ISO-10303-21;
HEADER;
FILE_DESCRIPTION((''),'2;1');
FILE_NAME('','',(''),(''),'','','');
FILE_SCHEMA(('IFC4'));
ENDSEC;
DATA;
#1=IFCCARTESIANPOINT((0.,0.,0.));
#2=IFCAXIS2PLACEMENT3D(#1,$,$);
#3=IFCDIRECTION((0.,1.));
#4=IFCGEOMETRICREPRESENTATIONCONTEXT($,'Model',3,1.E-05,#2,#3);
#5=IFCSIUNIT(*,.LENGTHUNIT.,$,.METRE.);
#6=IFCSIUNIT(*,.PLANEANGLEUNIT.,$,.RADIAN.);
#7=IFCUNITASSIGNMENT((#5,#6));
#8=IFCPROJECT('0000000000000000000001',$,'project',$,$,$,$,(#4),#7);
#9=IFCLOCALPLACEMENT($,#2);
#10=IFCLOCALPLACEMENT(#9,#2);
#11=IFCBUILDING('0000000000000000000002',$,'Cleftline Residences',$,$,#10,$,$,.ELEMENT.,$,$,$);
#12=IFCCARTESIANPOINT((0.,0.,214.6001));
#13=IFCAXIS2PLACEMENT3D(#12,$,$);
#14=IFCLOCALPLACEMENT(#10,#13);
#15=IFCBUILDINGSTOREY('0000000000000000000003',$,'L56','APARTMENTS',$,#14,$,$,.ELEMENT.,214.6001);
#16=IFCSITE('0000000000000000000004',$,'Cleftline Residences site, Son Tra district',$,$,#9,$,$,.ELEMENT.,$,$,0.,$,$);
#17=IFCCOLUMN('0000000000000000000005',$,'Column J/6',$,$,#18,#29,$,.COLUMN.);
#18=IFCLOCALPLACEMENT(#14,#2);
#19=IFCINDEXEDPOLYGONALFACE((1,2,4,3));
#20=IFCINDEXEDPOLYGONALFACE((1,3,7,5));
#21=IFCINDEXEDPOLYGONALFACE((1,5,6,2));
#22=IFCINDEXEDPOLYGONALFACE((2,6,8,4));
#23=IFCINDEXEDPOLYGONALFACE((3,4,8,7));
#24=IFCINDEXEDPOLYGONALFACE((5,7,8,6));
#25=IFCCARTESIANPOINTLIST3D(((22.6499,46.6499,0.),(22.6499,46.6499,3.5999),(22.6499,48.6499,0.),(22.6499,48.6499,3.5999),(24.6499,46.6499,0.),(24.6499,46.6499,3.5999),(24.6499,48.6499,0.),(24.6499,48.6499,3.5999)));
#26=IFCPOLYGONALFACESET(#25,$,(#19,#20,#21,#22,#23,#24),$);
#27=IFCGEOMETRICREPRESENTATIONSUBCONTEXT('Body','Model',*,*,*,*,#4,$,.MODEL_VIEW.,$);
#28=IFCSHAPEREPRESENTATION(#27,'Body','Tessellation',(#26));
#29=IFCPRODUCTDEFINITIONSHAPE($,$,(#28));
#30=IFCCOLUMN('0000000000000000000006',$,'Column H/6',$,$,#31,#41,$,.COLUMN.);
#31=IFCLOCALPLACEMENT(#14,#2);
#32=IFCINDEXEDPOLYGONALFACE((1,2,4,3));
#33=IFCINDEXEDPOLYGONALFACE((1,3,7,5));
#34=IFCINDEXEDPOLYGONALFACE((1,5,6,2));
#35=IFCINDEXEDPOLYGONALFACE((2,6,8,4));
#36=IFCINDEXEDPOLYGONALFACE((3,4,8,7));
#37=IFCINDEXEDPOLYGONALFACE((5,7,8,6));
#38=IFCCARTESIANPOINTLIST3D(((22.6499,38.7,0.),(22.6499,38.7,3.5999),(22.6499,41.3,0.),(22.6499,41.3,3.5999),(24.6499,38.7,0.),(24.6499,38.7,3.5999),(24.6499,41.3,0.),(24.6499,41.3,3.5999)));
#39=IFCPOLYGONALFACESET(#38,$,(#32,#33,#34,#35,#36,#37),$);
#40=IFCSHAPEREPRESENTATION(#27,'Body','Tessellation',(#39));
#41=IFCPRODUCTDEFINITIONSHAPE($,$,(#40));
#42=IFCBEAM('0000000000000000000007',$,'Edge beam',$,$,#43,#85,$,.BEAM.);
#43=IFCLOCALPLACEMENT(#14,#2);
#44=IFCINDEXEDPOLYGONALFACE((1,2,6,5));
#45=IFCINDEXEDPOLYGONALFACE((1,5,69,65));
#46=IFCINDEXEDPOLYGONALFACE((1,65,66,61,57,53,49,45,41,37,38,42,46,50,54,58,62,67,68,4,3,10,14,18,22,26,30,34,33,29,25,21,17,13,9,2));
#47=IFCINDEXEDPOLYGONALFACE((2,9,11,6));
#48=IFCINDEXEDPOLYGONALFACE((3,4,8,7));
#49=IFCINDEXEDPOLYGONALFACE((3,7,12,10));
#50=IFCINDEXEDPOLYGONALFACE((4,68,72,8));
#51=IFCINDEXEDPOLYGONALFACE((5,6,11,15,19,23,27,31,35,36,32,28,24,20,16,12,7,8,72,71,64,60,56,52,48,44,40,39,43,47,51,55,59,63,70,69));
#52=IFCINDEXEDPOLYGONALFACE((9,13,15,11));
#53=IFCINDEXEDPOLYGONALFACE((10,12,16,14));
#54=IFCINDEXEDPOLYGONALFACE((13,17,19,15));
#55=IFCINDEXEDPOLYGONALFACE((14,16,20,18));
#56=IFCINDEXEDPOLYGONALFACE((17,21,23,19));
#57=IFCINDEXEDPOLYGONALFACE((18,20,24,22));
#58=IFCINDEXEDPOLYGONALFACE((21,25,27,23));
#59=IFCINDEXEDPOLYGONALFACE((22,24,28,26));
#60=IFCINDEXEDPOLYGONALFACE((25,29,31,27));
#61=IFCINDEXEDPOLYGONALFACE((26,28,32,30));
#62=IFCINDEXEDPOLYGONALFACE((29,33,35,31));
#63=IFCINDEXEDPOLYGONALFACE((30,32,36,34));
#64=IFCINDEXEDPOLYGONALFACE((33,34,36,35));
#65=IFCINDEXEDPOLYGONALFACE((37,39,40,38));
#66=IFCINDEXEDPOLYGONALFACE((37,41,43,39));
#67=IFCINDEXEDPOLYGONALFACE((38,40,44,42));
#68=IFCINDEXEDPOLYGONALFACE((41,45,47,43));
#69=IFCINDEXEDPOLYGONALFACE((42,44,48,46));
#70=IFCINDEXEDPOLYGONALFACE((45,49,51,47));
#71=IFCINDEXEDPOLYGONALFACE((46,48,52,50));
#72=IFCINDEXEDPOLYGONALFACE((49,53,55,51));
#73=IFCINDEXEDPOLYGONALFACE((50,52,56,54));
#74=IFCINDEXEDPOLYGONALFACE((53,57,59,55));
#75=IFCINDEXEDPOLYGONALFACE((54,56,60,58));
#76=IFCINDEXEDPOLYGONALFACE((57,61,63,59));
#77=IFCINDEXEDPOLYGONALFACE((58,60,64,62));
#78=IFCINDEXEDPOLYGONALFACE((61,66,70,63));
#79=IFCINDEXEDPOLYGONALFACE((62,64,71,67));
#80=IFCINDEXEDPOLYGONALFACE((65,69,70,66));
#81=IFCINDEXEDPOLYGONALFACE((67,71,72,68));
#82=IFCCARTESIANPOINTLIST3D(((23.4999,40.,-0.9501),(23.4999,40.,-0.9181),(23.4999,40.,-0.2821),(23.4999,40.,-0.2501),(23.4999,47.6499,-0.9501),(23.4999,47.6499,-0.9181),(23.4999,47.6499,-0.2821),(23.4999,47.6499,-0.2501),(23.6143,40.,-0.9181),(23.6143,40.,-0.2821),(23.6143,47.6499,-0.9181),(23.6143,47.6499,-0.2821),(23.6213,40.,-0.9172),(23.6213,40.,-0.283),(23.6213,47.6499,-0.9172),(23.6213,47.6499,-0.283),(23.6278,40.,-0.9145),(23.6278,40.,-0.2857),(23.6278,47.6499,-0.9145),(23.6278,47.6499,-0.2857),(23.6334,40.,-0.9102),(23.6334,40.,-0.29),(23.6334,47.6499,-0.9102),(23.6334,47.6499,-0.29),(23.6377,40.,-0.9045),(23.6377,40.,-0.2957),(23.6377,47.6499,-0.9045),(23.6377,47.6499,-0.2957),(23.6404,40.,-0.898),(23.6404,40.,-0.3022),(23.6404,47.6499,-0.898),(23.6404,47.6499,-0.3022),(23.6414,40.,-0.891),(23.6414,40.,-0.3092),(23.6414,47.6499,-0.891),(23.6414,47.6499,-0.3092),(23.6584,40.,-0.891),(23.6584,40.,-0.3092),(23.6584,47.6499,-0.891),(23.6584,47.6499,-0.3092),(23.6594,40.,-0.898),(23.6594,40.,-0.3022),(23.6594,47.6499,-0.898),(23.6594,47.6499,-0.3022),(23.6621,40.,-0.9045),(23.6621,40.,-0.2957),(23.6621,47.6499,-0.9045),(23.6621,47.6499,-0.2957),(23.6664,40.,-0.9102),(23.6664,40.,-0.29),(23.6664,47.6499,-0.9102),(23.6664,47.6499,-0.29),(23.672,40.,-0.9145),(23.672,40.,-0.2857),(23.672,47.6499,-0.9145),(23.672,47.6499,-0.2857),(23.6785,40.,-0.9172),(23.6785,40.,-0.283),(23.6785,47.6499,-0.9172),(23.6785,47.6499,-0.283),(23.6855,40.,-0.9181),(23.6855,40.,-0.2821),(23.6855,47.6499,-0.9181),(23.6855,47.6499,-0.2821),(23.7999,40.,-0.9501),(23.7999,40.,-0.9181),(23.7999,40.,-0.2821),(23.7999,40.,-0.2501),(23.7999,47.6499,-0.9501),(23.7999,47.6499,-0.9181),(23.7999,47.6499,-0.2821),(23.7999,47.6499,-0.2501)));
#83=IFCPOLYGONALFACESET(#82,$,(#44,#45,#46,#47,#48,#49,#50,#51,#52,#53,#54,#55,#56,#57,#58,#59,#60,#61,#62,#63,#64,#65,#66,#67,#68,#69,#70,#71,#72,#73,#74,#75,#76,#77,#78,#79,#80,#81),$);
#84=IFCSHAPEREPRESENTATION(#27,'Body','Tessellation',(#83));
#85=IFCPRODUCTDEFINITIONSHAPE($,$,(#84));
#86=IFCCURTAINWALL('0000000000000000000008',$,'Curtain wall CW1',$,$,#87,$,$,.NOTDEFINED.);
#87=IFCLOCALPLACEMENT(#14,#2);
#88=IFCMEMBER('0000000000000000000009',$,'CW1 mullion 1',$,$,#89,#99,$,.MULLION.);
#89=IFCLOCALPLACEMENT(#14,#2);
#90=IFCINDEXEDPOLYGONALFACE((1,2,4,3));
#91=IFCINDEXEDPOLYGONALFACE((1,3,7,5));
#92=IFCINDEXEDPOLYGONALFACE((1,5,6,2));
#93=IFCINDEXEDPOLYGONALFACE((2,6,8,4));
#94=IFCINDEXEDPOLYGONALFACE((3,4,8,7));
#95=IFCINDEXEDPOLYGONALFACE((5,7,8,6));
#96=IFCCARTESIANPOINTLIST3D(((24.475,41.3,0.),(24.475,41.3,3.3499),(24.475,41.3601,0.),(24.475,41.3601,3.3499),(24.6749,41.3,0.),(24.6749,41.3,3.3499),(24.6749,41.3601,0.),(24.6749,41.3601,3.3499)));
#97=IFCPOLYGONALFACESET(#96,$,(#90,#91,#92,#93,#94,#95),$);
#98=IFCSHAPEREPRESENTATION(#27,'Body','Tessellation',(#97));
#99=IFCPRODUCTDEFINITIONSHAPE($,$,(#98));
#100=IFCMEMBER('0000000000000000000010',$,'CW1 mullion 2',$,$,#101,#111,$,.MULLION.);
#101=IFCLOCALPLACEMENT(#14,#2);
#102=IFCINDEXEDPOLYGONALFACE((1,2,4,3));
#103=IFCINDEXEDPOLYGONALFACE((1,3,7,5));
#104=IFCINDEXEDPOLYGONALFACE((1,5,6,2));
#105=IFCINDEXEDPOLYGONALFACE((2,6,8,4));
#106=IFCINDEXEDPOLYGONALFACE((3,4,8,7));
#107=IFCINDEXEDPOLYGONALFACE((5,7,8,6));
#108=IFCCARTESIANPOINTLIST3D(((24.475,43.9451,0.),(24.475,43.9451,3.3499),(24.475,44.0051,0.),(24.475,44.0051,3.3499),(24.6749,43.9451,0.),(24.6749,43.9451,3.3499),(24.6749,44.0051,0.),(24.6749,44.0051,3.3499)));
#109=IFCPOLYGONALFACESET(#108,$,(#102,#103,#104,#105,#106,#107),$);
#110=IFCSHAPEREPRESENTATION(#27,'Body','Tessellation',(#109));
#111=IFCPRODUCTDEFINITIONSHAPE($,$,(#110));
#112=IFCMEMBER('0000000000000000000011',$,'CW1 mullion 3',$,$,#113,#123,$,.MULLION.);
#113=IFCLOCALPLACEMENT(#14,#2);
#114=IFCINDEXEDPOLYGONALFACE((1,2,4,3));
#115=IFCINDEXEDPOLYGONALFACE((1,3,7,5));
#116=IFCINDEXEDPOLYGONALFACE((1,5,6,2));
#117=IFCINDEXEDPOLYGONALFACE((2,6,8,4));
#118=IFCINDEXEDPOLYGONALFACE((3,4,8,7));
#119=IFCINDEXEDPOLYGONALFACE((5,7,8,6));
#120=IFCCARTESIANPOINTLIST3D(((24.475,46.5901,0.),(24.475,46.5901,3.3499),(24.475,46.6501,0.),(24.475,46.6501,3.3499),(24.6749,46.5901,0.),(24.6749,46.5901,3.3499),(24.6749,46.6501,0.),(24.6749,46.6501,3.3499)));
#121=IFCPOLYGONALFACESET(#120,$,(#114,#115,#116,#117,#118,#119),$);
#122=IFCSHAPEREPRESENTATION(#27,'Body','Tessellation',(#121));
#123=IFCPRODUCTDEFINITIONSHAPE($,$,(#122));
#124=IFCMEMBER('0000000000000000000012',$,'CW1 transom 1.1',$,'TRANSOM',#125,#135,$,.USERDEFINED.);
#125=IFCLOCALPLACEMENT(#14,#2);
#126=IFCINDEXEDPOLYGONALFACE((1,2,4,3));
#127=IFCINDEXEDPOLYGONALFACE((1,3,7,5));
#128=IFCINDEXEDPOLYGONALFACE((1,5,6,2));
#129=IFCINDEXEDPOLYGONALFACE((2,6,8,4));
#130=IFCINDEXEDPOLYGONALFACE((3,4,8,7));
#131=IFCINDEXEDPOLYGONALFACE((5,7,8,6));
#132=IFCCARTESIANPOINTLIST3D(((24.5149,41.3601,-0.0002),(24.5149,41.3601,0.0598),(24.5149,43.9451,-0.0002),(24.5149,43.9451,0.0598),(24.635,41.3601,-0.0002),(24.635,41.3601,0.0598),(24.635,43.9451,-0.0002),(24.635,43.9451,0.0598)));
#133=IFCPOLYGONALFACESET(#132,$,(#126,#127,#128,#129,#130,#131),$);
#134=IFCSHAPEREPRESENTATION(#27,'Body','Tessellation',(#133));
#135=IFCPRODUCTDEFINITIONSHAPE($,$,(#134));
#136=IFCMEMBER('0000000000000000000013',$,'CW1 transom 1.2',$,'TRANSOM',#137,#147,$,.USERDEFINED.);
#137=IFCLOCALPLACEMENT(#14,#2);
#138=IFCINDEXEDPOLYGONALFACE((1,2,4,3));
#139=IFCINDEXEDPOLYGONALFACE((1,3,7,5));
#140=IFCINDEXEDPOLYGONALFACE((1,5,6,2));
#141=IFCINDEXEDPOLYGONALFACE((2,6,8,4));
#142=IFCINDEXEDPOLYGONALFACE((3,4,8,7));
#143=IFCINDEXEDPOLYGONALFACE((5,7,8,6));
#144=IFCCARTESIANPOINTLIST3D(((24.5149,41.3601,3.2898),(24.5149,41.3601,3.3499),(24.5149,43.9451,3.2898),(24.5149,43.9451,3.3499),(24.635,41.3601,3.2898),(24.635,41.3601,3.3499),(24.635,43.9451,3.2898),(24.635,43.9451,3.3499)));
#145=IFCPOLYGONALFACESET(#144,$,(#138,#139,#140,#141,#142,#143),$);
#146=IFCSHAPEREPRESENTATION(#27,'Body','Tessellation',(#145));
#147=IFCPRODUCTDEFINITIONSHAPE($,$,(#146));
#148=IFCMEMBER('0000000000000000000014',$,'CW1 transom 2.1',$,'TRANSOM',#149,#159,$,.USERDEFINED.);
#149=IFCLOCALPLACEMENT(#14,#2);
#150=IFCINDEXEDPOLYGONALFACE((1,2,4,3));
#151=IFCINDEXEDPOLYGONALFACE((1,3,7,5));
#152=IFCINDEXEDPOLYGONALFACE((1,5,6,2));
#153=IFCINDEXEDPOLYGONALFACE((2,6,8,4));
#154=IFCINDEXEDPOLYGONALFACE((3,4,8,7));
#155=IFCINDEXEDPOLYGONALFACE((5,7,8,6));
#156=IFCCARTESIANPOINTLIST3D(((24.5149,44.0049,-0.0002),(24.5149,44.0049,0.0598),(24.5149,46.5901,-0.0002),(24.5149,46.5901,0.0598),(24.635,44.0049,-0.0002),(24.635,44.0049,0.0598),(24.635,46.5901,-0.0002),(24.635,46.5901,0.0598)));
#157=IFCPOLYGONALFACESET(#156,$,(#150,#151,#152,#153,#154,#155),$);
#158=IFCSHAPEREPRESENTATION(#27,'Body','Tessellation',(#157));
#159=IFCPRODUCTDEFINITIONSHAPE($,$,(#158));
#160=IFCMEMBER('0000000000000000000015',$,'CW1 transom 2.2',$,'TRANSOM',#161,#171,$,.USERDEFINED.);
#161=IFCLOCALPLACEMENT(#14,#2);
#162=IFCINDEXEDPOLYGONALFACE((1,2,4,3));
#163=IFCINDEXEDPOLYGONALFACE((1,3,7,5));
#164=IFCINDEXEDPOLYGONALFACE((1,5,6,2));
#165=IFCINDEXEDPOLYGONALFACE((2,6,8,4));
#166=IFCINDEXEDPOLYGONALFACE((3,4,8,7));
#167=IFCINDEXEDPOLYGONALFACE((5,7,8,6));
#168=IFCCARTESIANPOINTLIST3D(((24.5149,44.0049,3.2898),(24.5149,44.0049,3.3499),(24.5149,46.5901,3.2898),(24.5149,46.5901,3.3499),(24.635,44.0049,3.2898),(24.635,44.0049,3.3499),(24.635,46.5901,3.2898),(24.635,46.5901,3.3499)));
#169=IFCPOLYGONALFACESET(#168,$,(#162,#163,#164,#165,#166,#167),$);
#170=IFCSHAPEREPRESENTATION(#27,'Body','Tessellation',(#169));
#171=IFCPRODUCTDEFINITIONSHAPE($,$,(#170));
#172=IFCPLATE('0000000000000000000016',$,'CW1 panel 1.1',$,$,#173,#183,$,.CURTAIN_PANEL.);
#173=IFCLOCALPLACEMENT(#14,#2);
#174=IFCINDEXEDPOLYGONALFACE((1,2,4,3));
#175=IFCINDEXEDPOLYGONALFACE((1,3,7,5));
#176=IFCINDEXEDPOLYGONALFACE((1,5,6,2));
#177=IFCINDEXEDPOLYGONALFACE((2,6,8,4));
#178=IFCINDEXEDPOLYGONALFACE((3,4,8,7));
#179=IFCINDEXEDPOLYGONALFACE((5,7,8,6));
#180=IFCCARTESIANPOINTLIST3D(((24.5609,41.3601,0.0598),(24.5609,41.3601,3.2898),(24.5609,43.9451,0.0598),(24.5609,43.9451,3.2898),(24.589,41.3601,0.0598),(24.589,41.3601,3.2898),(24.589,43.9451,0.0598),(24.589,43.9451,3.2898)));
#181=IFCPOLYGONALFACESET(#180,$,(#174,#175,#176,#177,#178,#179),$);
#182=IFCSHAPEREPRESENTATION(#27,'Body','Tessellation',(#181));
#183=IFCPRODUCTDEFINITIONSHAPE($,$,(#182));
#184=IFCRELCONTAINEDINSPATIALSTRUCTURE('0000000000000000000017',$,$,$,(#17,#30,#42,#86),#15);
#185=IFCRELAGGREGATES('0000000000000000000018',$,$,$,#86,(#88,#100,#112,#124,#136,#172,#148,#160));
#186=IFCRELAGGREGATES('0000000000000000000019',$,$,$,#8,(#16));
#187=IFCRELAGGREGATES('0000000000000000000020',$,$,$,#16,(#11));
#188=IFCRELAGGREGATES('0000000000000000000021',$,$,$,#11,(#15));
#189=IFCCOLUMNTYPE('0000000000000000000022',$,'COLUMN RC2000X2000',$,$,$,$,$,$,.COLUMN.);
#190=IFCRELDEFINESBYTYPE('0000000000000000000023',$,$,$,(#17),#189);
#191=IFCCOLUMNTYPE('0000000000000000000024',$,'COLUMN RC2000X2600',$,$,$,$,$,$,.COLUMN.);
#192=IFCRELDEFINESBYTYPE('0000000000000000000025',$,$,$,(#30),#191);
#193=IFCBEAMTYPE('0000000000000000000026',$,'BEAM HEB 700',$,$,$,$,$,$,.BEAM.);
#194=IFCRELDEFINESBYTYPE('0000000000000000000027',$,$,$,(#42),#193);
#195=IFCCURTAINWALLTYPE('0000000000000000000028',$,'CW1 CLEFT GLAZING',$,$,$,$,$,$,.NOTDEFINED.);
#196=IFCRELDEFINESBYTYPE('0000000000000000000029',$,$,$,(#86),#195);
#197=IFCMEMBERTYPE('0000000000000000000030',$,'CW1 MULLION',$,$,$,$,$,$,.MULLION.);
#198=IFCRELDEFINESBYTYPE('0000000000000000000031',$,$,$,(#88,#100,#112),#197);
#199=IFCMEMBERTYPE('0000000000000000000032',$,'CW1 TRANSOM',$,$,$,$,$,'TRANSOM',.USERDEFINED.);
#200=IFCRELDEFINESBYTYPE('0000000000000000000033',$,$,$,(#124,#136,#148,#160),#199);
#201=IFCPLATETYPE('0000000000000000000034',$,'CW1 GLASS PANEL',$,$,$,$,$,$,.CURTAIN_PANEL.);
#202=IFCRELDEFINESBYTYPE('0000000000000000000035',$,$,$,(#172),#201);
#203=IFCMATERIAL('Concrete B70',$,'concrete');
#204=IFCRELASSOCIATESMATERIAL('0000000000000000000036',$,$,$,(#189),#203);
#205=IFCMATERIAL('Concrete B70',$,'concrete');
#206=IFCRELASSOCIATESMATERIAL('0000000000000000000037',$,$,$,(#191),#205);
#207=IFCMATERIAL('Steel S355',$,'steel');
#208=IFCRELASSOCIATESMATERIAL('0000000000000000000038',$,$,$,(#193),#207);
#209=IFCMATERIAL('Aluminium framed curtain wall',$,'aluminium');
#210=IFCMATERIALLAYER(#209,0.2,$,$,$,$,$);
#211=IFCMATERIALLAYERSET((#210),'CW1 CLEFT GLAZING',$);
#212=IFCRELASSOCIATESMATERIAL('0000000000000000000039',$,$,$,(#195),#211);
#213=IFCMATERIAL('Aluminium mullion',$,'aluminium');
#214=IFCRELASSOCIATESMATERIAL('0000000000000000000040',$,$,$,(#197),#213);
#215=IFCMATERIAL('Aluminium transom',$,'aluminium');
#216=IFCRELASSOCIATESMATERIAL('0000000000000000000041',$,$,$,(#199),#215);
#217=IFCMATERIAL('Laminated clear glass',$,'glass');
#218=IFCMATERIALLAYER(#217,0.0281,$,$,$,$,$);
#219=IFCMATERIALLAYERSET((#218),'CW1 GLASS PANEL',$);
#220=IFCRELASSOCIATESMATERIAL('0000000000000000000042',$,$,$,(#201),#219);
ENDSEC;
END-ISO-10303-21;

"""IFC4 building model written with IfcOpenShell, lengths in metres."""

from ifc_helpers import new_model, si_unit, direction, frame, origin, origin_2d, place, context, subcontext, project, spatial, rectangle, i_section, extrude, material, layer, layer_set, material_profile, profile_set, type_object, element, aggregate, save


model = new_model("IFC4")

# Units and contexts
model_context = context("Model", 3, precision=1e-05, world=origin(), true_north=direction((0.0, 1.0)))
body_context = subcontext(model_context, "Body", "Model", "MODEL_VIEW")
ifc_project = project(units=[si_unit("LENGTHUNIT", "METRE"), si_unit("PLANEANGLEUNIT", "RADIAN")], contexts=[model_context])

# Site, building, storey
site_placement = place(None, origin())
site = spatial("IfcSite", under=ifc_project, at=site_placement, Name="Cleftline Residences site, Son Tra district", CompositionType="ELEMENT", RefElevation=0.0)
building_placement = place(site_placement, origin())
building = spatial("IfcBuilding", under=site, at=building_placement, Name="Cleftline Residences", CompositionType="ELEMENT")
storey_placement = place(building_placement, frame((0.0, 0.0, 214.6001)))
storey = spatial("IfcBuildingStorey", under=building, at=storey_placement, Name="L56", Description="APARTMENTS", CompositionType="ELEMENT", Elevation=214.6001)

# Columns
ifc_material_1 = material(Name="Concrete B70", Category="concrete")
ifc_material_profile_1 = material_profile(ifc_material_1, rectangle(XDim=2.0, YDim=2.0, at=origin_2d()))
ifc_profile_set_1 = profile_set([ifc_material_profile_1], Name="Concrete B70")
column_type_1 = type_object("IfcColumnType", Name="COLUMN RC2000X2000", PredefinedType="COLUMN", material=ifc_profile_set_1)
column_1_placement = place(storey_placement, frame((23.6499, 47.6499, 0.0), z_axis=(0.0, 0.0, 1.0), x_axis=(1.0, 0.0, 0.0)))
element("IfcColumn", 1, at=column_1_placement, inside=storey, type_object=column_type_1, Name="Column J/6", PredefinedType="COLUMN", context=body_context, shape_type="SweptSolid", body=[
    extrude(rectangle(XDim=2.0, YDim=2.0, at=origin_2d()), origin(), (0.0, 0.0, 1.0), 3.5999),
])
ifc_material_2 = material(Name="Concrete B70", Category="concrete")
ifc_material_profile_2 = material_profile(ifc_material_2, rectangle(XDim=2.0, YDim=2.6001, at=origin_2d()))
ifc_profile_set_2 = profile_set([ifc_material_profile_2], Name="Concrete B70")
column_type_2 = type_object("IfcColumnType", Name="COLUMN RC2000X2600", PredefinedType="COLUMN", material=ifc_profile_set_2)
column_2_placement = place(storey_placement, frame((23.6499, 40.0, 0.0), z_axis=(0.0, 0.0, 1.0), x_axis=(1.0, 0.0, 0.0)))
element("IfcColumn", 2, at=column_2_placement, inside=storey, type_object=column_type_2, Name="Column H/6", PredefinedType="COLUMN", context=body_context, shape_type="SweptSolid", body=[
    extrude(rectangle(XDim=2.0, YDim=2.6001, at=origin_2d()), origin(), (0.0, 0.0, 1.0), 3.5999),
])

# Beam
ifc_material_3 = material(Name="Steel S355", Category="steel")
ifc_material_profile_3 = material_profile(ifc_material_3, i_section(OverallWidth=0.3, OverallDepth=0.7, WebThickness=0.0171, FlangeThickness=0.032, FilletRadius=0.0271, at=origin_2d()))
ifc_profile_set_3 = profile_set([ifc_material_profile_3], Name="Steel S355")
beam_type = type_object("IfcBeamType", Name="BEAM HEB 700", PredefinedType="BEAM", material=ifc_profile_set_3)
beam_placement = place(storey_placement, frame((23.6499, 47.6499, -0.6001), z_axis=(0.0, -1.0, 0.0), x_axis=(1.0, 0.0, 0.0)))
element("IfcBeam", 3, at=beam_placement, inside=storey, type_object=beam_type, Name="Edge beam", PredefinedType="BEAM", context=body_context, shape_type="SweptSolid", body=[
    extrude(i_section(OverallWidth=0.3, OverallDepth=0.7, WebThickness=0.0171, FlangeThickness=0.032, FilletRadius=0.0271, at=origin_2d()), origin(), (0.0, 0.0, 1.0), 7.6499),
])

# Curtain wall, members, plate
ifc_material_4 = material(Name="Aluminium framed curtain wall", Category="aluminium")
ifc_layer_1 = layer(ifc_material_4, 0.2)
ifc_layer_set_1 = layer_set([ifc_layer_1], Name="CW1 CLEFT GLAZING")
curtain_wall_type = type_object("IfcCurtainWallType", Name="CW1 CLEFT GLAZING", PredefinedType="NOTDEFINED", material=ifc_layer_set_1)
curtain_wall_placement = place(storey_placement, origin())
curtain_wall = element("IfcCurtainWall", 4, at=curtain_wall_placement, inside=storey, type_object=curtain_wall_type, Name="Curtain wall CW1", PredefinedType="NOTDEFINED")
ifc_material_5 = material(Name="Aluminium mullion", Category="aluminium")
ifc_material_profile_4 = material_profile(ifc_material_5, rectangle(XDim=0.2, YDim=0.0601, at=origin_2d()))
ifc_profile_set_4 = profile_set([ifc_material_profile_4], Name="Aluminium mullion")
member_type_1 = type_object("IfcMemberType", Name="CW1 MULLION", PredefinedType="MULLION", material=ifc_profile_set_4)
member_1_placement = place(storey_placement, frame((24.575, 41.3301, 0.0), z_axis=(0.0, 0.0, 1.0), x_axis=(-1.0, 0.0, 0.0)))
member_1 = element("IfcMember", 5, at=member_1_placement, type_object=member_type_1, Name="CW1 mullion 1", PredefinedType="MULLION", context=body_context, shape_type="SweptSolid", body=[
    extrude(rectangle(XDim=0.2, YDim=0.0601, at=origin_2d()), origin(), (0.0, 0.0, 1.0), 3.3499),
])
member_2_placement = place(storey_placement, frame((24.575, 43.9751, 0.0), z_axis=(0.0, 0.0, 1.0), x_axis=(-1.0, 0.0, 0.0)))
member_2 = element("IfcMember", 6, at=member_2_placement, type_object=member_type_1, Name="CW1 mullion 2", PredefinedType="MULLION", context=body_context, shape_type="SweptSolid", body=[
    extrude(rectangle(XDim=0.2, YDim=0.0601, at=origin_2d()), origin(), (0.0, 0.0, 1.0), 3.3499),
])
member_3_placement = place(storey_placement, frame((24.575, 46.6201, 0.0), z_axis=(0.0, 0.0, 1.0), x_axis=(-1.0, 0.0, 0.0)))
member_3 = element("IfcMember", 7, at=member_3_placement, type_object=member_type_1, Name="CW1 mullion 3", PredefinedType="MULLION", context=body_context, shape_type="SweptSolid", body=[
    extrude(rectangle(XDim=0.2, YDim=0.0601, at=origin_2d()), origin(), (0.0, 0.0, 1.0), 3.3499),
])
ifc_material_6 = material(Name="Aluminium transom", Category="aluminium")
ifc_material_profile_5 = material_profile(ifc_material_6, rectangle(XDim=0.1201, YDim=0.0601, at=origin_2d()))
ifc_profile_set_5 = profile_set([ifc_material_profile_5], Name="Aluminium transom")
member_type_2 = type_object("IfcMemberType", Name="CW1 TRANSOM", ElementType="TRANSOM", PredefinedType="USERDEFINED", material=ifc_profile_set_5)
member_4_placement = place(storey_placement, frame((24.575, 41.3601, 0.0298), z_axis=(0.0, 1.0, 0.0), x_axis=(-1.0, 0.0, 0.0)))
member_4 = element("IfcMember", 8, at=member_4_placement, type_object=member_type_2, Name="CW1 transom 1.1", ObjectType="TRANSOM", PredefinedType="USERDEFINED", context=body_context, shape_type="SweptSolid", body=[
    extrude(rectangle(XDim=0.1201, YDim=0.0601, at=origin_2d()), origin(), (0.0, 0.0, 1.0), 2.585),
])
member_5_placement = place(storey_placement, frame((24.575, 41.3601, 3.3198), z_axis=(0.0, 1.0, 0.0), x_axis=(-1.0, 0.0, 0.0)))
member_5 = element("IfcMember", 9, at=member_5_placement, type_object=member_type_2, Name="CW1 transom 1.2", ObjectType="TRANSOM", PredefinedType="USERDEFINED", context=body_context, shape_type="SweptSolid", body=[
    extrude(rectangle(XDim=0.1201, YDim=0.0601, at=origin_2d()), origin(), (0.0, 0.0, 1.0), 2.585),
])
member_6_placement = place(storey_placement, frame((24.575, 44.0049, 0.0298), z_axis=(0.0, 1.0, 0.0), x_axis=(-1.0, 0.0, 0.0)))
member_6 = element("IfcMember", 10, at=member_6_placement, type_object=member_type_2, Name="CW1 transom 2.1", ObjectType="TRANSOM", PredefinedType="USERDEFINED", context=body_context, shape_type="SweptSolid", body=[
    extrude(rectangle(XDim=0.1201, YDim=0.0601, at=origin_2d()), origin(), (0.0, 0.0, 1.0), 2.5852),
])
member_7_placement = place(storey_placement, frame((24.575, 44.0049, 3.3198), z_axis=(0.0, 1.0, 0.0), x_axis=(-1.0, 0.0, 0.0)))
member_7 = element("IfcMember", 11, at=member_7_placement, type_object=member_type_2, Name="CW1 transom 2.2", ObjectType="TRANSOM", PredefinedType="USERDEFINED", context=body_context, shape_type="SweptSolid", body=[
    extrude(rectangle(XDim=0.1201, YDim=0.0601, at=origin_2d()), origin(), (0.0, 0.0, 1.0), 2.5852),
])
ifc_material_7 = material(Name="Laminated clear glass", Category="glass")
ifc_layer_2 = layer(ifc_material_7, 0.0281)
ifc_layer_set_2 = layer_set([ifc_layer_2], Name="CW1 GLASS PANEL")
plate_type = type_object("IfcPlateType", Name="CW1 GLASS PANEL", PredefinedType="CURTAIN_PANEL", material=ifc_layer_set_2)
plate_1_placement = place(storey_placement, frame((24.575, 42.6526, 0.0598), z_axis=(0.0, 0.0, 1.0), x_axis=(0.0, 1.0, 0.0)))
plate_1 = element("IfcPlate", 12, at=plate_1_placement, type_object=plate_type, Name="CW1 panel 1.1", PredefinedType="CURTAIN_PANEL", context=body_context, shape_type="SweptSolid", body=[
    extrude(rectangle(XDim=2.585, YDim=0.0281, at=origin_2d()), origin(), (0.0, 0.0, 1.0), 3.23),
])
aggregate(curtain_wall, [member_1, member_2, member_3, member_4, member_5, plate_1, member_6, member_7])

save(model, "model.ifc")
